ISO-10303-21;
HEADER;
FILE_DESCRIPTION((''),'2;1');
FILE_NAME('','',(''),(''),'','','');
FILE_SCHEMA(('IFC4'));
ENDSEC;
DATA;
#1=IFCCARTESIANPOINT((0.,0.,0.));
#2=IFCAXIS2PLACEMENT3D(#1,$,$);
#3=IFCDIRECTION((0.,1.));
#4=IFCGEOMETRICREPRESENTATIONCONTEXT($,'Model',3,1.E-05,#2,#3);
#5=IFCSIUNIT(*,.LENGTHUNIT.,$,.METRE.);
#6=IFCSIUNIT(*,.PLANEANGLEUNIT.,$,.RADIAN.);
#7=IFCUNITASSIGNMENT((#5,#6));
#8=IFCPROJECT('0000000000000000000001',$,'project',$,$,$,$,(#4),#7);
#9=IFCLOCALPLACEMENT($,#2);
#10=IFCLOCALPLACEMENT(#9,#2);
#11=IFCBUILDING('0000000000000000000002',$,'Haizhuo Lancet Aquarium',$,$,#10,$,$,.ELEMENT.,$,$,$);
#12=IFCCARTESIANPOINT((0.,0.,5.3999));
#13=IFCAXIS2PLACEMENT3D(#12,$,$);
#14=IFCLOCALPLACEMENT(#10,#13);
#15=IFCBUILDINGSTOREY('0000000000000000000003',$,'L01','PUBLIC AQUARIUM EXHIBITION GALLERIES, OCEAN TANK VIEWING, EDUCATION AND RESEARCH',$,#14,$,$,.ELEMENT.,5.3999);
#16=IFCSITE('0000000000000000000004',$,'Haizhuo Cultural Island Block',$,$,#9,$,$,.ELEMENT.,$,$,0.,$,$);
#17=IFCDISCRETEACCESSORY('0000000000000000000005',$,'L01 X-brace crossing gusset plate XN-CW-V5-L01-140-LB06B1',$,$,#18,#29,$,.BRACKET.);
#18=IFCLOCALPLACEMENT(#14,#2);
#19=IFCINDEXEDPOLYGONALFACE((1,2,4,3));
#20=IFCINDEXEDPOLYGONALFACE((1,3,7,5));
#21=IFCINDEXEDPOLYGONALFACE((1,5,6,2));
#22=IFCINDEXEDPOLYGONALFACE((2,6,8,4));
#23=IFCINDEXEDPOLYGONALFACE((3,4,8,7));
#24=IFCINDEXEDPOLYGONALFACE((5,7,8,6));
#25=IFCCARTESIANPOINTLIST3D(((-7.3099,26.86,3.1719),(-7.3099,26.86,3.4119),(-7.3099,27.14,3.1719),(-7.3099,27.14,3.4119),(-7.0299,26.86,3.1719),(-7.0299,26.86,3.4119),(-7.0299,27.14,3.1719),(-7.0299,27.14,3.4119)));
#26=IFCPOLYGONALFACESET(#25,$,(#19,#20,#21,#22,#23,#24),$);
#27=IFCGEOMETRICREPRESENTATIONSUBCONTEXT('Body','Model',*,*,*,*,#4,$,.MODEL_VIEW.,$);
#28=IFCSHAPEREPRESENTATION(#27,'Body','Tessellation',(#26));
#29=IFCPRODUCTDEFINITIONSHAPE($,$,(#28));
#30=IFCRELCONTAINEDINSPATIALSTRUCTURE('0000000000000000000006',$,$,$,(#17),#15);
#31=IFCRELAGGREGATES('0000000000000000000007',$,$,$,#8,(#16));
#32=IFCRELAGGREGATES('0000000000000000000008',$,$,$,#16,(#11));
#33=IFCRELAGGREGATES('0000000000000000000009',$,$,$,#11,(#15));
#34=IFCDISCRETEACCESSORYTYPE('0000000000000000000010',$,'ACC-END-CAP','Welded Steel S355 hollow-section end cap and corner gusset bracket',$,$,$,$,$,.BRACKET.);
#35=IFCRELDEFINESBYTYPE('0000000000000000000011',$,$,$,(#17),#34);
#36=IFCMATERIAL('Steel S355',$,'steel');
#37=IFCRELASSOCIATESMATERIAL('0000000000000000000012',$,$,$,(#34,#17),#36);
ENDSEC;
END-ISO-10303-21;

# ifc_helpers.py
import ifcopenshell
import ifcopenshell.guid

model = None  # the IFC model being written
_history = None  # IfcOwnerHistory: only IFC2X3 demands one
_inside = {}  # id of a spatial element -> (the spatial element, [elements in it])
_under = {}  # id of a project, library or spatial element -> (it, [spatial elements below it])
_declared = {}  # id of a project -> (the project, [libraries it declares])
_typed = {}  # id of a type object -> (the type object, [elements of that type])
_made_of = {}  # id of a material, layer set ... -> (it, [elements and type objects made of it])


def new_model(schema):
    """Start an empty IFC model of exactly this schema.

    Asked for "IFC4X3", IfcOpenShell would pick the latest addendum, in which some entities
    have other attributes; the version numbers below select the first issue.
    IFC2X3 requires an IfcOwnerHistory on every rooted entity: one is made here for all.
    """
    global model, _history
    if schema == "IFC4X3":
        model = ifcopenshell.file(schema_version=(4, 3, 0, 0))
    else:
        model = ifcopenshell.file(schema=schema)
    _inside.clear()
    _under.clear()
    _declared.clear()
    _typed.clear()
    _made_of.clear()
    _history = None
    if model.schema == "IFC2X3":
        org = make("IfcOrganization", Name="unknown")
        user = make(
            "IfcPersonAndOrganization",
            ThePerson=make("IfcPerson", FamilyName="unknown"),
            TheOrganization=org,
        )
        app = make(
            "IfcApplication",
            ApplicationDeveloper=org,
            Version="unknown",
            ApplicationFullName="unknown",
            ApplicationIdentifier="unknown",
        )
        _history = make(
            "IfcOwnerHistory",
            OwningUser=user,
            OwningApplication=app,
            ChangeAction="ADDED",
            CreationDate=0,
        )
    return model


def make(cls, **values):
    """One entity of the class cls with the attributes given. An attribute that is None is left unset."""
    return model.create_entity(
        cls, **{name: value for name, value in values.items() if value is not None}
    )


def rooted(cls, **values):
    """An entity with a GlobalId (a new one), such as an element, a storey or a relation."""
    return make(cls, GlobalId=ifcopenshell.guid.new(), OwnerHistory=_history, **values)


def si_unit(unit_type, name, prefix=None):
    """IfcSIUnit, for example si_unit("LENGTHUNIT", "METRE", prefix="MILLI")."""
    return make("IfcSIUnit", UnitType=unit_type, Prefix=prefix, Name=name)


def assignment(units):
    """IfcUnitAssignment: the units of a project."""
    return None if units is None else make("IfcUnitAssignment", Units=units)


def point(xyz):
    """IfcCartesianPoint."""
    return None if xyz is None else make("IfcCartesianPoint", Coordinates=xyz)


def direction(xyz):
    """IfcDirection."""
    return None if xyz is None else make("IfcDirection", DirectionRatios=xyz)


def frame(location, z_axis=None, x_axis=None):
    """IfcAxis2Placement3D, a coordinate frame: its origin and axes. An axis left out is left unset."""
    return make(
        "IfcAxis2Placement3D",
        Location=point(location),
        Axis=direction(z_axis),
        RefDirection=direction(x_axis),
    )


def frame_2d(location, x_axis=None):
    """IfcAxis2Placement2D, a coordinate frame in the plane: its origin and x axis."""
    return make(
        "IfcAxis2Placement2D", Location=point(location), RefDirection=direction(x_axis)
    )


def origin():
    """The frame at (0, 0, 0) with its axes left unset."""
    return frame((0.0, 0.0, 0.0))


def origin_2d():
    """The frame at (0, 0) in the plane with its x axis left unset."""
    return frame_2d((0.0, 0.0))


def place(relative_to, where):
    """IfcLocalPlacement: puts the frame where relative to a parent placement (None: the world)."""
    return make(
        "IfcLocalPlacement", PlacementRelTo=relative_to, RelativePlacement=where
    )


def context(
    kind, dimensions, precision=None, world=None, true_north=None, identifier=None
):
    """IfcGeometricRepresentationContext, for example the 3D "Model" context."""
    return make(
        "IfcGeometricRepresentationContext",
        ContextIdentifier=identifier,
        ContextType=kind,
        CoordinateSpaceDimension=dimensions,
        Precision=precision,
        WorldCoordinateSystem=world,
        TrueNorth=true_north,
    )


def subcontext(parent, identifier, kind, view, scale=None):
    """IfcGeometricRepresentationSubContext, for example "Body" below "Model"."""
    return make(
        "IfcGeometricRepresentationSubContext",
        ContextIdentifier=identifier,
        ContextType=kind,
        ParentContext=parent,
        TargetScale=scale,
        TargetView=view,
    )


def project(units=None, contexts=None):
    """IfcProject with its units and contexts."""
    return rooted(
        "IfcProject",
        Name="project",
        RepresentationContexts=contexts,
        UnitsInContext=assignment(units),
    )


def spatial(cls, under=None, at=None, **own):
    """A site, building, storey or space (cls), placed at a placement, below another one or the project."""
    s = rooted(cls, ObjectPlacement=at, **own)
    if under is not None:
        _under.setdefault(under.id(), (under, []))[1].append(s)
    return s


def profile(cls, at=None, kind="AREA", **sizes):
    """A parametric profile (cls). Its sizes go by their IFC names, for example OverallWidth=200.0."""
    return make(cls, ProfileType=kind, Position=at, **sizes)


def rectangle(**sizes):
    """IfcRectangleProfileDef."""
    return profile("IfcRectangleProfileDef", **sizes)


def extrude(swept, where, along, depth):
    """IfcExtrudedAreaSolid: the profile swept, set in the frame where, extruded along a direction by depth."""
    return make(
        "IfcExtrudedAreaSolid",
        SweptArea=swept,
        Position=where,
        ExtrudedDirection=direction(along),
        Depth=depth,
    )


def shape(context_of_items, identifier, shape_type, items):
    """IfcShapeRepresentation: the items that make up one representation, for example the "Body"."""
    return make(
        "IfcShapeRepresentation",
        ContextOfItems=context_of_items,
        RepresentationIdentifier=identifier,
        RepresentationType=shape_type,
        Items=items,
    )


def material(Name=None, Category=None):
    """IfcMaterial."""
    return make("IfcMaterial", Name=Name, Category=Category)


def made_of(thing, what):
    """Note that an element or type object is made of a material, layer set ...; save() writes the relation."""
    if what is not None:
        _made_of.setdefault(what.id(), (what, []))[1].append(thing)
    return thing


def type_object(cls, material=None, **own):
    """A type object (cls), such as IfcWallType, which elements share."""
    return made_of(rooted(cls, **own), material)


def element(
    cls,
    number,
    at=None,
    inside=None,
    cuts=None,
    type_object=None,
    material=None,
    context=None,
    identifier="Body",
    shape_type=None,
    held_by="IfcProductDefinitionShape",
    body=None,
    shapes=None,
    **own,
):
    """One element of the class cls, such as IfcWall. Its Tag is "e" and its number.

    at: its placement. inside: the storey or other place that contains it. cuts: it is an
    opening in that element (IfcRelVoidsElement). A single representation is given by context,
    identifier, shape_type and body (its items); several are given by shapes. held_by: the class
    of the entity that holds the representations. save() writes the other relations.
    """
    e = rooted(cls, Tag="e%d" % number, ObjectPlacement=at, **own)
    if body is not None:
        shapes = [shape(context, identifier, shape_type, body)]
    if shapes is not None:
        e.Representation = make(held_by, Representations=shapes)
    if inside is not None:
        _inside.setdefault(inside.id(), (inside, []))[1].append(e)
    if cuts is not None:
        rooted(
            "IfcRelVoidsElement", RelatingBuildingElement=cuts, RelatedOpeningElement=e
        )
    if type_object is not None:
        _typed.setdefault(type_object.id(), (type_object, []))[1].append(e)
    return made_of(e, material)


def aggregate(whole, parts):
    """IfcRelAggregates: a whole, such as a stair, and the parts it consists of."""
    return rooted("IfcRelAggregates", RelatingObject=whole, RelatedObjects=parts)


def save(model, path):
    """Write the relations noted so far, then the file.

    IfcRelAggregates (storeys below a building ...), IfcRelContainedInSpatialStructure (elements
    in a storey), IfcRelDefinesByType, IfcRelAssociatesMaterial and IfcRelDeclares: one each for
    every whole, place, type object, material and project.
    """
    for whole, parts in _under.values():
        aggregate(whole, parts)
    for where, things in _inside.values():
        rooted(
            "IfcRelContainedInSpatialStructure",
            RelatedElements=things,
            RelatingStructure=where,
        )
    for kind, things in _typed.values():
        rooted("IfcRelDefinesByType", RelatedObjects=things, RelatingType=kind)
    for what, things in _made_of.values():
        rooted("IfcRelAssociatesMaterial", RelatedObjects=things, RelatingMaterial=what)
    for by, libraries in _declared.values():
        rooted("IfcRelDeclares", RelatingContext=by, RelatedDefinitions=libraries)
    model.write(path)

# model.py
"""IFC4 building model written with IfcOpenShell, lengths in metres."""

from ifc_helpers import new_model, si_unit, direction, frame, origin, origin_2d, place, context, subcontext, project, spatial, rectangle, extrude, material, type_object, element, save


model = new_model("IFC4")

# Units and contexts
model_context = context("Model", 3, precision=1e-05, world=origin(), true_north=direction((0.0, 1.0)))
body_context = subcontext(model_context, "Body", "Model", "MODEL_VIEW")
ifc_project = project(units=[si_unit("LENGTHUNIT", "METRE"), si_unit("PLANEANGLEUNIT", "RADIAN")], contexts=[model_context])

# Site, building, storey
site_placement = place(None, origin())
site = spatial("IfcSite", under=ifc_project, at=site_placement, Name="Haizhuo Cultural Island Block", CompositionType="ELEMENT", RefElevation=0.0)
building_placement = place(site_placement, origin())
building = spatial("IfcBuilding", under=site, at=building_placement, Name="Haizhuo Lancet Aquarium", CompositionType="ELEMENT")
storey_placement = place(building_placement, frame((0.0, 0.0, 5.3999)))
storey = spatial("IfcBuildingStorey", under=building, at=storey_placement, Name="L01", Description="PUBLIC AQUARIUM EXHIBITION GALLERIES, OCEAN TANK VIEWING, EDUCATION AND RESEARCH", CompositionType="ELEMENT", Elevation=5.3999)

# Shared definitions
ifc_material_1 = material(Name="Steel S355", Category="steel")

# Discrete accessory
discrete_accessory_type = type_object("IfcDiscreteAccessoryType", Name="ACC-END-CAP", Description="Welded Steel S355 hollow-section end cap and corner gusset bracket", PredefinedType="BRACKET", material=ifc_material_1)
for number, where, z_axis, x_axis, name in (
    (1, (-7.1699, 27.0, 3.1719), (0.0, 0.0, 1.0), (1.0, 0.0, 0.0), "L01 X-brace crossing gusset plate XN-CW-V5-L01-140-LB06B1"),
):
    element("IfcDiscreteAccessory", number, at=place(storey_placement, frame(where, z_axis=z_axis, x_axis=x_axis)), inside=storey, type_object=discrete_accessory_type, material=ifc_material_1, Name=name, PredefinedType="BRACKET", context=body_context, shape_type="SweptSolid", body=[
        extrude(rectangle(XDim=0.28, YDim=0.28, at=origin_2d()), origin(), (0.0, 0.0, 1.0), 0.24),
    ])

save(model, "model.ifc")
